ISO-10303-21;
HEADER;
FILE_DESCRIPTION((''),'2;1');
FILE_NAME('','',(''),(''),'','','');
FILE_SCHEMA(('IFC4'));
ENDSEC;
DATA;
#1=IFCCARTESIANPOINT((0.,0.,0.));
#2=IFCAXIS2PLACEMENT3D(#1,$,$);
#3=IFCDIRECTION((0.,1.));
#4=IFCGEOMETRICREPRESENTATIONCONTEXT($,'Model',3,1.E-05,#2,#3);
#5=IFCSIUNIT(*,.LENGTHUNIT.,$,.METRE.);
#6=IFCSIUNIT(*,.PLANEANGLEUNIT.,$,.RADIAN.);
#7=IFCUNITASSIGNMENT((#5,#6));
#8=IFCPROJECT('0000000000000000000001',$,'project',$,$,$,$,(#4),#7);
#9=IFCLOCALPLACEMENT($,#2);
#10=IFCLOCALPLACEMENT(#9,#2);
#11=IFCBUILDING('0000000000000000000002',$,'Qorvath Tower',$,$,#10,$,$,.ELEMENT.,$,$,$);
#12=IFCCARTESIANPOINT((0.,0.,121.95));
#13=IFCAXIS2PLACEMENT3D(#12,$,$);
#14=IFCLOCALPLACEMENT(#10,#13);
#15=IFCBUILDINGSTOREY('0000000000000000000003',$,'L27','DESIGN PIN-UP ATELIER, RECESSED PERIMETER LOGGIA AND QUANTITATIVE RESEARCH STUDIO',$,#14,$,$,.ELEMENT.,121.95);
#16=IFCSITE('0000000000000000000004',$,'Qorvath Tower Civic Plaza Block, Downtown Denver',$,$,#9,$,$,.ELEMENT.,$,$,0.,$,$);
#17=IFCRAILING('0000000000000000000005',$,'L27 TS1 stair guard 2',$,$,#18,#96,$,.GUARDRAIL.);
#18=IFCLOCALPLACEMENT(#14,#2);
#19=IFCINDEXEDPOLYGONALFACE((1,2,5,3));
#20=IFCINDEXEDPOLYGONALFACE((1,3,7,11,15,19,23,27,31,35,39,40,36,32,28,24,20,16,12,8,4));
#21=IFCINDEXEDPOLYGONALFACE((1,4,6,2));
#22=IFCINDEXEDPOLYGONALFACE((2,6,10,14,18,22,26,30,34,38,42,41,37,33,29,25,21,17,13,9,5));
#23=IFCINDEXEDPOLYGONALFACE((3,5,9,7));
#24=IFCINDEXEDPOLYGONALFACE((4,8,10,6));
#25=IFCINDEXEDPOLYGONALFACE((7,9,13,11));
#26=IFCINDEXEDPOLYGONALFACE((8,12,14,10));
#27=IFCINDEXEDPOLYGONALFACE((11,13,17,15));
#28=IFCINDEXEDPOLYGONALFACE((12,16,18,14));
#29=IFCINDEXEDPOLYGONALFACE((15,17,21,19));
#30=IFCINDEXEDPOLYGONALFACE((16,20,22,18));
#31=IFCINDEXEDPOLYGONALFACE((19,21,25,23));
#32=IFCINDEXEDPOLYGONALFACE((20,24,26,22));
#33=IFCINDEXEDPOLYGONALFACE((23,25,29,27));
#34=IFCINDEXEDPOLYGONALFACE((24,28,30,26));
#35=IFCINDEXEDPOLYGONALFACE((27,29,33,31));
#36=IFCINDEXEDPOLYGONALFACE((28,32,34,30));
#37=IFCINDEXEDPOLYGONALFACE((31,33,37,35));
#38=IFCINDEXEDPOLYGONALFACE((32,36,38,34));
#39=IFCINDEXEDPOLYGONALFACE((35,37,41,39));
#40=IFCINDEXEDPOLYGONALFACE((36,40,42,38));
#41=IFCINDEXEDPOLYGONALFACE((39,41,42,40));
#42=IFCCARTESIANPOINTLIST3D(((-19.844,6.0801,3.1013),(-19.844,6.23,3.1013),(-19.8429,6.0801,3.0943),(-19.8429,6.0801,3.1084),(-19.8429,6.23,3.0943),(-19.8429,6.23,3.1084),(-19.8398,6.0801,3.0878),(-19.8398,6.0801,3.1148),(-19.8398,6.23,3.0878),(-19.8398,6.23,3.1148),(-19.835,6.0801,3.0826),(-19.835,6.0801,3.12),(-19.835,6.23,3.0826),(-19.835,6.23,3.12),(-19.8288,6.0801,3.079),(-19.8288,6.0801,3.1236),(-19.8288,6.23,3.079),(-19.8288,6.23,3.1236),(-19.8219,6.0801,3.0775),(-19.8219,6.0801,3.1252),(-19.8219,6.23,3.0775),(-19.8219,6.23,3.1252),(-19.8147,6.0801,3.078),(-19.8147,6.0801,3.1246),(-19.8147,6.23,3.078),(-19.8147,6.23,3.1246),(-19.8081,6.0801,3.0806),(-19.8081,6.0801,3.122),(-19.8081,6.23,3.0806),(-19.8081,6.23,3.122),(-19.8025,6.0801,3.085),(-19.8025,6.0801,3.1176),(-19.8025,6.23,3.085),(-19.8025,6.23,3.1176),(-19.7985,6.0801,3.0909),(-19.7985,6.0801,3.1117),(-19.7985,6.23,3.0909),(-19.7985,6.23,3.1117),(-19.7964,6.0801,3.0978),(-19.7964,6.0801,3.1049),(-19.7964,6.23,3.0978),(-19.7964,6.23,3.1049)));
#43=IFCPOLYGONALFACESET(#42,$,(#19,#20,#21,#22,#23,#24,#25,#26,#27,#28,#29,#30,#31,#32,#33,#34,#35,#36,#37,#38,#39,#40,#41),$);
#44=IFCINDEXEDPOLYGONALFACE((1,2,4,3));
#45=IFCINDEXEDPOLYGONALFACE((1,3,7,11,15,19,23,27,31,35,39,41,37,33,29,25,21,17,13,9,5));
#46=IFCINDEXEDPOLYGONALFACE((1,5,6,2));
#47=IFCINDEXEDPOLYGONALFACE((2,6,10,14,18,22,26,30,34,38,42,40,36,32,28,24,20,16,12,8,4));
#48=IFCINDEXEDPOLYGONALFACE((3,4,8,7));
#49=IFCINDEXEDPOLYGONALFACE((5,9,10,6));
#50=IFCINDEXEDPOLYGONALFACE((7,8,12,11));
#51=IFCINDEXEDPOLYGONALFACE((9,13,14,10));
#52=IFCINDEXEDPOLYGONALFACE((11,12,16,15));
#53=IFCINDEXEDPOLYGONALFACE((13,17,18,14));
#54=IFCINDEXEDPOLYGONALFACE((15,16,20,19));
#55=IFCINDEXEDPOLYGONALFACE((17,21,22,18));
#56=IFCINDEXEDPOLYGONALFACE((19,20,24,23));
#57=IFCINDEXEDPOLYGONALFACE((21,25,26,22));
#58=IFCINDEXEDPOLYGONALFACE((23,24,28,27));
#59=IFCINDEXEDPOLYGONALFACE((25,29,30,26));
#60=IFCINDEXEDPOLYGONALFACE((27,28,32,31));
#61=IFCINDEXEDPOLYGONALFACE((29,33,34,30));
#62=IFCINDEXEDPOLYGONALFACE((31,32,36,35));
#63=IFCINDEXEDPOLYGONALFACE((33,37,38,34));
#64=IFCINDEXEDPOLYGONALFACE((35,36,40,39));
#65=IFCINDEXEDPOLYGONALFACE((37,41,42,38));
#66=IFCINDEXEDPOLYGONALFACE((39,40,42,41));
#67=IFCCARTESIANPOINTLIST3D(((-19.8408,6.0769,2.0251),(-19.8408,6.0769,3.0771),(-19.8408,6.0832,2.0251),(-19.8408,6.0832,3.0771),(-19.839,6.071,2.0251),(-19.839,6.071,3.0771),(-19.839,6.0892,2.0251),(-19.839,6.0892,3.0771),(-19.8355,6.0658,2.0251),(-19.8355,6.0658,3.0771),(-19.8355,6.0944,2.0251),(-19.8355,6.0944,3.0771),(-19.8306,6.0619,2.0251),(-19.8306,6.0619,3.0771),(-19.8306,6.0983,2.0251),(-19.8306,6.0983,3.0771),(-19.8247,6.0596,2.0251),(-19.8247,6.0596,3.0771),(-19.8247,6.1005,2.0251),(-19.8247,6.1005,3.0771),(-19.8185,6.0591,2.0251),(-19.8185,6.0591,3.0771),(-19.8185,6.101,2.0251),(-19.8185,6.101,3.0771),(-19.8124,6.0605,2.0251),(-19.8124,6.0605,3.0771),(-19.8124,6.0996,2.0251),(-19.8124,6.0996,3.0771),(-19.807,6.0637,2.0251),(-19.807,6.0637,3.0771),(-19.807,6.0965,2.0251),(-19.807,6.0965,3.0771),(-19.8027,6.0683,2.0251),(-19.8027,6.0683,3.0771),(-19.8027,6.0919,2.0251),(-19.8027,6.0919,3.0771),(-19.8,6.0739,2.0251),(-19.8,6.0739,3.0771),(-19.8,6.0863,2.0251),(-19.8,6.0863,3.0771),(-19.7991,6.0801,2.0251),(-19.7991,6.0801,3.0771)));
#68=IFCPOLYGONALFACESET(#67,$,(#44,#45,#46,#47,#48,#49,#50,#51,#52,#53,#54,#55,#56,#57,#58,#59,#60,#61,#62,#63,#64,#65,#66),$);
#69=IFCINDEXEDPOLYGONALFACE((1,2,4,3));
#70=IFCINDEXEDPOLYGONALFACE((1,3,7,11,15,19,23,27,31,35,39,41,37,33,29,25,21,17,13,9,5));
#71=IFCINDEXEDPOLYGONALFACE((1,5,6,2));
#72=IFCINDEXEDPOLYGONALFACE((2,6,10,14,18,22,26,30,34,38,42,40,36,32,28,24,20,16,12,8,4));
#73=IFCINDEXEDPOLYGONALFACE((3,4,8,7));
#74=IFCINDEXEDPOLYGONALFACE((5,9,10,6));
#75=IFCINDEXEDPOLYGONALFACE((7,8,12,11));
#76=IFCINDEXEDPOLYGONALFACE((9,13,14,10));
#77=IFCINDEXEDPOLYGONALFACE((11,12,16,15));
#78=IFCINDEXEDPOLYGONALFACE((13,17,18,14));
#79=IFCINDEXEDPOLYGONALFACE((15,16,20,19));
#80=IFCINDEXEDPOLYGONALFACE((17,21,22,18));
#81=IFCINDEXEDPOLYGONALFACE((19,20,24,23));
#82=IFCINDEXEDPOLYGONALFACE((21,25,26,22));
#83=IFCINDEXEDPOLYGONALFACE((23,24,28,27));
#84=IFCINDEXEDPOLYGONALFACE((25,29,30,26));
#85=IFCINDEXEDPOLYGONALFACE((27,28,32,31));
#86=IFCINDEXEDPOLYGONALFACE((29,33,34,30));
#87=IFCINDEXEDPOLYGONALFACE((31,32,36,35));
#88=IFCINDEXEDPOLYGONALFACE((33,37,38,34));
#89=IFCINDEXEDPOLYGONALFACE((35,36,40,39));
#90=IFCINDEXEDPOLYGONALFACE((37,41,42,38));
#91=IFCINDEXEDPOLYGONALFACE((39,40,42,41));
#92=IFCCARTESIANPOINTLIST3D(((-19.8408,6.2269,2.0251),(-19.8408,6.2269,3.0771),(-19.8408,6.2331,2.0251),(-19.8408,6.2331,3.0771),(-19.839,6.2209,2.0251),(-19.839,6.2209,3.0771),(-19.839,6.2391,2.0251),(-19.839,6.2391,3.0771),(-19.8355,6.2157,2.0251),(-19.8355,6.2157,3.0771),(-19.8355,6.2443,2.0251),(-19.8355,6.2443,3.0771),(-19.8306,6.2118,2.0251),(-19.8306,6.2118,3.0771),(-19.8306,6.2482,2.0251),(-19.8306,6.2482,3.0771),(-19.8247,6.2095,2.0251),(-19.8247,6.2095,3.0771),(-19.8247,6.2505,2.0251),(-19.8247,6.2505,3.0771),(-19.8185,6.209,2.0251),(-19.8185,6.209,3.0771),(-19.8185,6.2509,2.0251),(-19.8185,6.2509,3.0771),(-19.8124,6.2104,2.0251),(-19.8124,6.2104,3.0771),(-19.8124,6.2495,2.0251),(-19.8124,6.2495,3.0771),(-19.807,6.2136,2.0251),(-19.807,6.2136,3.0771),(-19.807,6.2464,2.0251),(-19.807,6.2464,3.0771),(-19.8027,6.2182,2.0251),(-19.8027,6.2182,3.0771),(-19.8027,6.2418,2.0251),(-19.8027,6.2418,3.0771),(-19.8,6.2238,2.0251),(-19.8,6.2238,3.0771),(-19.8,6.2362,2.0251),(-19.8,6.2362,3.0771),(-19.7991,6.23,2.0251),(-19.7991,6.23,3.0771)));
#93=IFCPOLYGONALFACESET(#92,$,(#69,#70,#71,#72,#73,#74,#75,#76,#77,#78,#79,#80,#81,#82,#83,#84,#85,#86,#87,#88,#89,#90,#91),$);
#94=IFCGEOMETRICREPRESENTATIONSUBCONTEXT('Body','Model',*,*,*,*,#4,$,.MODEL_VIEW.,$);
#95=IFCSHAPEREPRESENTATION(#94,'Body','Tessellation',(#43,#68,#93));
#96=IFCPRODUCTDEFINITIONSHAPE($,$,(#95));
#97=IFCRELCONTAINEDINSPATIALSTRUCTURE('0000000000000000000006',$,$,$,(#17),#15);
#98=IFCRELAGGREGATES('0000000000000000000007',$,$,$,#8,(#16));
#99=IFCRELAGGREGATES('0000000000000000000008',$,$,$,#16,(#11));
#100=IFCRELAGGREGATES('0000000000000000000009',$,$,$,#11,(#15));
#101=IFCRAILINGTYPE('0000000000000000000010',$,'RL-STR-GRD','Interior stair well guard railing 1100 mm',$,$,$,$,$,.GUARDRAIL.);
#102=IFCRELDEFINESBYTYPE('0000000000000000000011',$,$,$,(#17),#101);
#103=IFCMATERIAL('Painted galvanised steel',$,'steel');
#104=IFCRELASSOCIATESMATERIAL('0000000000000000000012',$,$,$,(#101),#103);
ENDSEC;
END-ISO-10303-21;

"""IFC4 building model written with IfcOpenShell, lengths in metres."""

from ifc_helpers import new_model, si_unit, direction, frame, origin, origin_2d, place, context, subcontext, project, spatial, circle, extrude, material, type_object, element, save


model = new_model("IFC4")

# Units and contexts
model_context = context("Model", 3, precision=1e-05, world=origin(), true_north=direction((0.0, 1.0)))
body_context = subcontext(model_context, "Body", "Model", "MODEL_VIEW")
ifc_project = project(units=[si_unit("LENGTHUNIT", "METRE"), si_unit("PLANEANGLEUNIT", "RADIAN")], contexts=[model_context])

# Site, building, storey
site_placement = place(None, origin())
site = spatial("IfcSite", under=ifc_project, at=site_placement, Name="Qorvath Tower Civic Plaza Block, Downtown Denver", CompositionType="ELEMENT", RefElevation=0.0)
building_placement = place(site_placement, origin())
building = spatial("IfcBuilding", under=site, at=building_placement, Name="Qorvath Tower", CompositionType="ELEMENT")
storey_placement = place(building_placement, frame((0.0, 0.0, 121.95)))
storey = spatial("IfcBuildingStorey", under=building, at=storey_placement, Name="L27", Description="DESIGN PIN-UP ATELIER, RECESSED PERIMETER LOGGIA AND QUANTITATIVE RESEARCH STUDIO", CompositionType="ELEMENT", Elevation=121.95)

# Railing
ifc_material_1 = material(Name="Painted galvanised steel", Category="steel")
railing_type_1 = type_object("IfcRailingType", Name="RL-STR-GRD", Description="Interior stair well guard railing 1100 mm", PredefinedType="GUARDRAIL", material=ifc_material_1)
railing_1_placement = place(storey_placement, frame((-19.8201, 6.0801, 2.0251)))
element("IfcRailing", 1, at=railing_1_placement, inside=storey, type_object=railing_type_1, Name="L27 TS1 stair guard 2", PredefinedType="GUARDRAIL", context=body_context, shape_type="SweptSolid", body=[
    extrude(circle(Radius=0.0239, at=origin_2d()), frame((0.0, 0.0, 1.0762), z_axis=(0.0, 1.0, 0.0), x_axis=(-1.0, 0.0, 0.0)), (0.0, 0.0, 1.0), 0.1499),
    extrude(circle(Radius=0.021, at=origin_2d()), origin(), (0.0, 0.0, 1.0), 1.052),
    extrude(circle(Radius=0.021, at=origin_2d()), frame((0.0, 0.1499, 0.0)), (0.0, 0.0, 1.0), 1.052),
])

save(model, "model.ifc")
